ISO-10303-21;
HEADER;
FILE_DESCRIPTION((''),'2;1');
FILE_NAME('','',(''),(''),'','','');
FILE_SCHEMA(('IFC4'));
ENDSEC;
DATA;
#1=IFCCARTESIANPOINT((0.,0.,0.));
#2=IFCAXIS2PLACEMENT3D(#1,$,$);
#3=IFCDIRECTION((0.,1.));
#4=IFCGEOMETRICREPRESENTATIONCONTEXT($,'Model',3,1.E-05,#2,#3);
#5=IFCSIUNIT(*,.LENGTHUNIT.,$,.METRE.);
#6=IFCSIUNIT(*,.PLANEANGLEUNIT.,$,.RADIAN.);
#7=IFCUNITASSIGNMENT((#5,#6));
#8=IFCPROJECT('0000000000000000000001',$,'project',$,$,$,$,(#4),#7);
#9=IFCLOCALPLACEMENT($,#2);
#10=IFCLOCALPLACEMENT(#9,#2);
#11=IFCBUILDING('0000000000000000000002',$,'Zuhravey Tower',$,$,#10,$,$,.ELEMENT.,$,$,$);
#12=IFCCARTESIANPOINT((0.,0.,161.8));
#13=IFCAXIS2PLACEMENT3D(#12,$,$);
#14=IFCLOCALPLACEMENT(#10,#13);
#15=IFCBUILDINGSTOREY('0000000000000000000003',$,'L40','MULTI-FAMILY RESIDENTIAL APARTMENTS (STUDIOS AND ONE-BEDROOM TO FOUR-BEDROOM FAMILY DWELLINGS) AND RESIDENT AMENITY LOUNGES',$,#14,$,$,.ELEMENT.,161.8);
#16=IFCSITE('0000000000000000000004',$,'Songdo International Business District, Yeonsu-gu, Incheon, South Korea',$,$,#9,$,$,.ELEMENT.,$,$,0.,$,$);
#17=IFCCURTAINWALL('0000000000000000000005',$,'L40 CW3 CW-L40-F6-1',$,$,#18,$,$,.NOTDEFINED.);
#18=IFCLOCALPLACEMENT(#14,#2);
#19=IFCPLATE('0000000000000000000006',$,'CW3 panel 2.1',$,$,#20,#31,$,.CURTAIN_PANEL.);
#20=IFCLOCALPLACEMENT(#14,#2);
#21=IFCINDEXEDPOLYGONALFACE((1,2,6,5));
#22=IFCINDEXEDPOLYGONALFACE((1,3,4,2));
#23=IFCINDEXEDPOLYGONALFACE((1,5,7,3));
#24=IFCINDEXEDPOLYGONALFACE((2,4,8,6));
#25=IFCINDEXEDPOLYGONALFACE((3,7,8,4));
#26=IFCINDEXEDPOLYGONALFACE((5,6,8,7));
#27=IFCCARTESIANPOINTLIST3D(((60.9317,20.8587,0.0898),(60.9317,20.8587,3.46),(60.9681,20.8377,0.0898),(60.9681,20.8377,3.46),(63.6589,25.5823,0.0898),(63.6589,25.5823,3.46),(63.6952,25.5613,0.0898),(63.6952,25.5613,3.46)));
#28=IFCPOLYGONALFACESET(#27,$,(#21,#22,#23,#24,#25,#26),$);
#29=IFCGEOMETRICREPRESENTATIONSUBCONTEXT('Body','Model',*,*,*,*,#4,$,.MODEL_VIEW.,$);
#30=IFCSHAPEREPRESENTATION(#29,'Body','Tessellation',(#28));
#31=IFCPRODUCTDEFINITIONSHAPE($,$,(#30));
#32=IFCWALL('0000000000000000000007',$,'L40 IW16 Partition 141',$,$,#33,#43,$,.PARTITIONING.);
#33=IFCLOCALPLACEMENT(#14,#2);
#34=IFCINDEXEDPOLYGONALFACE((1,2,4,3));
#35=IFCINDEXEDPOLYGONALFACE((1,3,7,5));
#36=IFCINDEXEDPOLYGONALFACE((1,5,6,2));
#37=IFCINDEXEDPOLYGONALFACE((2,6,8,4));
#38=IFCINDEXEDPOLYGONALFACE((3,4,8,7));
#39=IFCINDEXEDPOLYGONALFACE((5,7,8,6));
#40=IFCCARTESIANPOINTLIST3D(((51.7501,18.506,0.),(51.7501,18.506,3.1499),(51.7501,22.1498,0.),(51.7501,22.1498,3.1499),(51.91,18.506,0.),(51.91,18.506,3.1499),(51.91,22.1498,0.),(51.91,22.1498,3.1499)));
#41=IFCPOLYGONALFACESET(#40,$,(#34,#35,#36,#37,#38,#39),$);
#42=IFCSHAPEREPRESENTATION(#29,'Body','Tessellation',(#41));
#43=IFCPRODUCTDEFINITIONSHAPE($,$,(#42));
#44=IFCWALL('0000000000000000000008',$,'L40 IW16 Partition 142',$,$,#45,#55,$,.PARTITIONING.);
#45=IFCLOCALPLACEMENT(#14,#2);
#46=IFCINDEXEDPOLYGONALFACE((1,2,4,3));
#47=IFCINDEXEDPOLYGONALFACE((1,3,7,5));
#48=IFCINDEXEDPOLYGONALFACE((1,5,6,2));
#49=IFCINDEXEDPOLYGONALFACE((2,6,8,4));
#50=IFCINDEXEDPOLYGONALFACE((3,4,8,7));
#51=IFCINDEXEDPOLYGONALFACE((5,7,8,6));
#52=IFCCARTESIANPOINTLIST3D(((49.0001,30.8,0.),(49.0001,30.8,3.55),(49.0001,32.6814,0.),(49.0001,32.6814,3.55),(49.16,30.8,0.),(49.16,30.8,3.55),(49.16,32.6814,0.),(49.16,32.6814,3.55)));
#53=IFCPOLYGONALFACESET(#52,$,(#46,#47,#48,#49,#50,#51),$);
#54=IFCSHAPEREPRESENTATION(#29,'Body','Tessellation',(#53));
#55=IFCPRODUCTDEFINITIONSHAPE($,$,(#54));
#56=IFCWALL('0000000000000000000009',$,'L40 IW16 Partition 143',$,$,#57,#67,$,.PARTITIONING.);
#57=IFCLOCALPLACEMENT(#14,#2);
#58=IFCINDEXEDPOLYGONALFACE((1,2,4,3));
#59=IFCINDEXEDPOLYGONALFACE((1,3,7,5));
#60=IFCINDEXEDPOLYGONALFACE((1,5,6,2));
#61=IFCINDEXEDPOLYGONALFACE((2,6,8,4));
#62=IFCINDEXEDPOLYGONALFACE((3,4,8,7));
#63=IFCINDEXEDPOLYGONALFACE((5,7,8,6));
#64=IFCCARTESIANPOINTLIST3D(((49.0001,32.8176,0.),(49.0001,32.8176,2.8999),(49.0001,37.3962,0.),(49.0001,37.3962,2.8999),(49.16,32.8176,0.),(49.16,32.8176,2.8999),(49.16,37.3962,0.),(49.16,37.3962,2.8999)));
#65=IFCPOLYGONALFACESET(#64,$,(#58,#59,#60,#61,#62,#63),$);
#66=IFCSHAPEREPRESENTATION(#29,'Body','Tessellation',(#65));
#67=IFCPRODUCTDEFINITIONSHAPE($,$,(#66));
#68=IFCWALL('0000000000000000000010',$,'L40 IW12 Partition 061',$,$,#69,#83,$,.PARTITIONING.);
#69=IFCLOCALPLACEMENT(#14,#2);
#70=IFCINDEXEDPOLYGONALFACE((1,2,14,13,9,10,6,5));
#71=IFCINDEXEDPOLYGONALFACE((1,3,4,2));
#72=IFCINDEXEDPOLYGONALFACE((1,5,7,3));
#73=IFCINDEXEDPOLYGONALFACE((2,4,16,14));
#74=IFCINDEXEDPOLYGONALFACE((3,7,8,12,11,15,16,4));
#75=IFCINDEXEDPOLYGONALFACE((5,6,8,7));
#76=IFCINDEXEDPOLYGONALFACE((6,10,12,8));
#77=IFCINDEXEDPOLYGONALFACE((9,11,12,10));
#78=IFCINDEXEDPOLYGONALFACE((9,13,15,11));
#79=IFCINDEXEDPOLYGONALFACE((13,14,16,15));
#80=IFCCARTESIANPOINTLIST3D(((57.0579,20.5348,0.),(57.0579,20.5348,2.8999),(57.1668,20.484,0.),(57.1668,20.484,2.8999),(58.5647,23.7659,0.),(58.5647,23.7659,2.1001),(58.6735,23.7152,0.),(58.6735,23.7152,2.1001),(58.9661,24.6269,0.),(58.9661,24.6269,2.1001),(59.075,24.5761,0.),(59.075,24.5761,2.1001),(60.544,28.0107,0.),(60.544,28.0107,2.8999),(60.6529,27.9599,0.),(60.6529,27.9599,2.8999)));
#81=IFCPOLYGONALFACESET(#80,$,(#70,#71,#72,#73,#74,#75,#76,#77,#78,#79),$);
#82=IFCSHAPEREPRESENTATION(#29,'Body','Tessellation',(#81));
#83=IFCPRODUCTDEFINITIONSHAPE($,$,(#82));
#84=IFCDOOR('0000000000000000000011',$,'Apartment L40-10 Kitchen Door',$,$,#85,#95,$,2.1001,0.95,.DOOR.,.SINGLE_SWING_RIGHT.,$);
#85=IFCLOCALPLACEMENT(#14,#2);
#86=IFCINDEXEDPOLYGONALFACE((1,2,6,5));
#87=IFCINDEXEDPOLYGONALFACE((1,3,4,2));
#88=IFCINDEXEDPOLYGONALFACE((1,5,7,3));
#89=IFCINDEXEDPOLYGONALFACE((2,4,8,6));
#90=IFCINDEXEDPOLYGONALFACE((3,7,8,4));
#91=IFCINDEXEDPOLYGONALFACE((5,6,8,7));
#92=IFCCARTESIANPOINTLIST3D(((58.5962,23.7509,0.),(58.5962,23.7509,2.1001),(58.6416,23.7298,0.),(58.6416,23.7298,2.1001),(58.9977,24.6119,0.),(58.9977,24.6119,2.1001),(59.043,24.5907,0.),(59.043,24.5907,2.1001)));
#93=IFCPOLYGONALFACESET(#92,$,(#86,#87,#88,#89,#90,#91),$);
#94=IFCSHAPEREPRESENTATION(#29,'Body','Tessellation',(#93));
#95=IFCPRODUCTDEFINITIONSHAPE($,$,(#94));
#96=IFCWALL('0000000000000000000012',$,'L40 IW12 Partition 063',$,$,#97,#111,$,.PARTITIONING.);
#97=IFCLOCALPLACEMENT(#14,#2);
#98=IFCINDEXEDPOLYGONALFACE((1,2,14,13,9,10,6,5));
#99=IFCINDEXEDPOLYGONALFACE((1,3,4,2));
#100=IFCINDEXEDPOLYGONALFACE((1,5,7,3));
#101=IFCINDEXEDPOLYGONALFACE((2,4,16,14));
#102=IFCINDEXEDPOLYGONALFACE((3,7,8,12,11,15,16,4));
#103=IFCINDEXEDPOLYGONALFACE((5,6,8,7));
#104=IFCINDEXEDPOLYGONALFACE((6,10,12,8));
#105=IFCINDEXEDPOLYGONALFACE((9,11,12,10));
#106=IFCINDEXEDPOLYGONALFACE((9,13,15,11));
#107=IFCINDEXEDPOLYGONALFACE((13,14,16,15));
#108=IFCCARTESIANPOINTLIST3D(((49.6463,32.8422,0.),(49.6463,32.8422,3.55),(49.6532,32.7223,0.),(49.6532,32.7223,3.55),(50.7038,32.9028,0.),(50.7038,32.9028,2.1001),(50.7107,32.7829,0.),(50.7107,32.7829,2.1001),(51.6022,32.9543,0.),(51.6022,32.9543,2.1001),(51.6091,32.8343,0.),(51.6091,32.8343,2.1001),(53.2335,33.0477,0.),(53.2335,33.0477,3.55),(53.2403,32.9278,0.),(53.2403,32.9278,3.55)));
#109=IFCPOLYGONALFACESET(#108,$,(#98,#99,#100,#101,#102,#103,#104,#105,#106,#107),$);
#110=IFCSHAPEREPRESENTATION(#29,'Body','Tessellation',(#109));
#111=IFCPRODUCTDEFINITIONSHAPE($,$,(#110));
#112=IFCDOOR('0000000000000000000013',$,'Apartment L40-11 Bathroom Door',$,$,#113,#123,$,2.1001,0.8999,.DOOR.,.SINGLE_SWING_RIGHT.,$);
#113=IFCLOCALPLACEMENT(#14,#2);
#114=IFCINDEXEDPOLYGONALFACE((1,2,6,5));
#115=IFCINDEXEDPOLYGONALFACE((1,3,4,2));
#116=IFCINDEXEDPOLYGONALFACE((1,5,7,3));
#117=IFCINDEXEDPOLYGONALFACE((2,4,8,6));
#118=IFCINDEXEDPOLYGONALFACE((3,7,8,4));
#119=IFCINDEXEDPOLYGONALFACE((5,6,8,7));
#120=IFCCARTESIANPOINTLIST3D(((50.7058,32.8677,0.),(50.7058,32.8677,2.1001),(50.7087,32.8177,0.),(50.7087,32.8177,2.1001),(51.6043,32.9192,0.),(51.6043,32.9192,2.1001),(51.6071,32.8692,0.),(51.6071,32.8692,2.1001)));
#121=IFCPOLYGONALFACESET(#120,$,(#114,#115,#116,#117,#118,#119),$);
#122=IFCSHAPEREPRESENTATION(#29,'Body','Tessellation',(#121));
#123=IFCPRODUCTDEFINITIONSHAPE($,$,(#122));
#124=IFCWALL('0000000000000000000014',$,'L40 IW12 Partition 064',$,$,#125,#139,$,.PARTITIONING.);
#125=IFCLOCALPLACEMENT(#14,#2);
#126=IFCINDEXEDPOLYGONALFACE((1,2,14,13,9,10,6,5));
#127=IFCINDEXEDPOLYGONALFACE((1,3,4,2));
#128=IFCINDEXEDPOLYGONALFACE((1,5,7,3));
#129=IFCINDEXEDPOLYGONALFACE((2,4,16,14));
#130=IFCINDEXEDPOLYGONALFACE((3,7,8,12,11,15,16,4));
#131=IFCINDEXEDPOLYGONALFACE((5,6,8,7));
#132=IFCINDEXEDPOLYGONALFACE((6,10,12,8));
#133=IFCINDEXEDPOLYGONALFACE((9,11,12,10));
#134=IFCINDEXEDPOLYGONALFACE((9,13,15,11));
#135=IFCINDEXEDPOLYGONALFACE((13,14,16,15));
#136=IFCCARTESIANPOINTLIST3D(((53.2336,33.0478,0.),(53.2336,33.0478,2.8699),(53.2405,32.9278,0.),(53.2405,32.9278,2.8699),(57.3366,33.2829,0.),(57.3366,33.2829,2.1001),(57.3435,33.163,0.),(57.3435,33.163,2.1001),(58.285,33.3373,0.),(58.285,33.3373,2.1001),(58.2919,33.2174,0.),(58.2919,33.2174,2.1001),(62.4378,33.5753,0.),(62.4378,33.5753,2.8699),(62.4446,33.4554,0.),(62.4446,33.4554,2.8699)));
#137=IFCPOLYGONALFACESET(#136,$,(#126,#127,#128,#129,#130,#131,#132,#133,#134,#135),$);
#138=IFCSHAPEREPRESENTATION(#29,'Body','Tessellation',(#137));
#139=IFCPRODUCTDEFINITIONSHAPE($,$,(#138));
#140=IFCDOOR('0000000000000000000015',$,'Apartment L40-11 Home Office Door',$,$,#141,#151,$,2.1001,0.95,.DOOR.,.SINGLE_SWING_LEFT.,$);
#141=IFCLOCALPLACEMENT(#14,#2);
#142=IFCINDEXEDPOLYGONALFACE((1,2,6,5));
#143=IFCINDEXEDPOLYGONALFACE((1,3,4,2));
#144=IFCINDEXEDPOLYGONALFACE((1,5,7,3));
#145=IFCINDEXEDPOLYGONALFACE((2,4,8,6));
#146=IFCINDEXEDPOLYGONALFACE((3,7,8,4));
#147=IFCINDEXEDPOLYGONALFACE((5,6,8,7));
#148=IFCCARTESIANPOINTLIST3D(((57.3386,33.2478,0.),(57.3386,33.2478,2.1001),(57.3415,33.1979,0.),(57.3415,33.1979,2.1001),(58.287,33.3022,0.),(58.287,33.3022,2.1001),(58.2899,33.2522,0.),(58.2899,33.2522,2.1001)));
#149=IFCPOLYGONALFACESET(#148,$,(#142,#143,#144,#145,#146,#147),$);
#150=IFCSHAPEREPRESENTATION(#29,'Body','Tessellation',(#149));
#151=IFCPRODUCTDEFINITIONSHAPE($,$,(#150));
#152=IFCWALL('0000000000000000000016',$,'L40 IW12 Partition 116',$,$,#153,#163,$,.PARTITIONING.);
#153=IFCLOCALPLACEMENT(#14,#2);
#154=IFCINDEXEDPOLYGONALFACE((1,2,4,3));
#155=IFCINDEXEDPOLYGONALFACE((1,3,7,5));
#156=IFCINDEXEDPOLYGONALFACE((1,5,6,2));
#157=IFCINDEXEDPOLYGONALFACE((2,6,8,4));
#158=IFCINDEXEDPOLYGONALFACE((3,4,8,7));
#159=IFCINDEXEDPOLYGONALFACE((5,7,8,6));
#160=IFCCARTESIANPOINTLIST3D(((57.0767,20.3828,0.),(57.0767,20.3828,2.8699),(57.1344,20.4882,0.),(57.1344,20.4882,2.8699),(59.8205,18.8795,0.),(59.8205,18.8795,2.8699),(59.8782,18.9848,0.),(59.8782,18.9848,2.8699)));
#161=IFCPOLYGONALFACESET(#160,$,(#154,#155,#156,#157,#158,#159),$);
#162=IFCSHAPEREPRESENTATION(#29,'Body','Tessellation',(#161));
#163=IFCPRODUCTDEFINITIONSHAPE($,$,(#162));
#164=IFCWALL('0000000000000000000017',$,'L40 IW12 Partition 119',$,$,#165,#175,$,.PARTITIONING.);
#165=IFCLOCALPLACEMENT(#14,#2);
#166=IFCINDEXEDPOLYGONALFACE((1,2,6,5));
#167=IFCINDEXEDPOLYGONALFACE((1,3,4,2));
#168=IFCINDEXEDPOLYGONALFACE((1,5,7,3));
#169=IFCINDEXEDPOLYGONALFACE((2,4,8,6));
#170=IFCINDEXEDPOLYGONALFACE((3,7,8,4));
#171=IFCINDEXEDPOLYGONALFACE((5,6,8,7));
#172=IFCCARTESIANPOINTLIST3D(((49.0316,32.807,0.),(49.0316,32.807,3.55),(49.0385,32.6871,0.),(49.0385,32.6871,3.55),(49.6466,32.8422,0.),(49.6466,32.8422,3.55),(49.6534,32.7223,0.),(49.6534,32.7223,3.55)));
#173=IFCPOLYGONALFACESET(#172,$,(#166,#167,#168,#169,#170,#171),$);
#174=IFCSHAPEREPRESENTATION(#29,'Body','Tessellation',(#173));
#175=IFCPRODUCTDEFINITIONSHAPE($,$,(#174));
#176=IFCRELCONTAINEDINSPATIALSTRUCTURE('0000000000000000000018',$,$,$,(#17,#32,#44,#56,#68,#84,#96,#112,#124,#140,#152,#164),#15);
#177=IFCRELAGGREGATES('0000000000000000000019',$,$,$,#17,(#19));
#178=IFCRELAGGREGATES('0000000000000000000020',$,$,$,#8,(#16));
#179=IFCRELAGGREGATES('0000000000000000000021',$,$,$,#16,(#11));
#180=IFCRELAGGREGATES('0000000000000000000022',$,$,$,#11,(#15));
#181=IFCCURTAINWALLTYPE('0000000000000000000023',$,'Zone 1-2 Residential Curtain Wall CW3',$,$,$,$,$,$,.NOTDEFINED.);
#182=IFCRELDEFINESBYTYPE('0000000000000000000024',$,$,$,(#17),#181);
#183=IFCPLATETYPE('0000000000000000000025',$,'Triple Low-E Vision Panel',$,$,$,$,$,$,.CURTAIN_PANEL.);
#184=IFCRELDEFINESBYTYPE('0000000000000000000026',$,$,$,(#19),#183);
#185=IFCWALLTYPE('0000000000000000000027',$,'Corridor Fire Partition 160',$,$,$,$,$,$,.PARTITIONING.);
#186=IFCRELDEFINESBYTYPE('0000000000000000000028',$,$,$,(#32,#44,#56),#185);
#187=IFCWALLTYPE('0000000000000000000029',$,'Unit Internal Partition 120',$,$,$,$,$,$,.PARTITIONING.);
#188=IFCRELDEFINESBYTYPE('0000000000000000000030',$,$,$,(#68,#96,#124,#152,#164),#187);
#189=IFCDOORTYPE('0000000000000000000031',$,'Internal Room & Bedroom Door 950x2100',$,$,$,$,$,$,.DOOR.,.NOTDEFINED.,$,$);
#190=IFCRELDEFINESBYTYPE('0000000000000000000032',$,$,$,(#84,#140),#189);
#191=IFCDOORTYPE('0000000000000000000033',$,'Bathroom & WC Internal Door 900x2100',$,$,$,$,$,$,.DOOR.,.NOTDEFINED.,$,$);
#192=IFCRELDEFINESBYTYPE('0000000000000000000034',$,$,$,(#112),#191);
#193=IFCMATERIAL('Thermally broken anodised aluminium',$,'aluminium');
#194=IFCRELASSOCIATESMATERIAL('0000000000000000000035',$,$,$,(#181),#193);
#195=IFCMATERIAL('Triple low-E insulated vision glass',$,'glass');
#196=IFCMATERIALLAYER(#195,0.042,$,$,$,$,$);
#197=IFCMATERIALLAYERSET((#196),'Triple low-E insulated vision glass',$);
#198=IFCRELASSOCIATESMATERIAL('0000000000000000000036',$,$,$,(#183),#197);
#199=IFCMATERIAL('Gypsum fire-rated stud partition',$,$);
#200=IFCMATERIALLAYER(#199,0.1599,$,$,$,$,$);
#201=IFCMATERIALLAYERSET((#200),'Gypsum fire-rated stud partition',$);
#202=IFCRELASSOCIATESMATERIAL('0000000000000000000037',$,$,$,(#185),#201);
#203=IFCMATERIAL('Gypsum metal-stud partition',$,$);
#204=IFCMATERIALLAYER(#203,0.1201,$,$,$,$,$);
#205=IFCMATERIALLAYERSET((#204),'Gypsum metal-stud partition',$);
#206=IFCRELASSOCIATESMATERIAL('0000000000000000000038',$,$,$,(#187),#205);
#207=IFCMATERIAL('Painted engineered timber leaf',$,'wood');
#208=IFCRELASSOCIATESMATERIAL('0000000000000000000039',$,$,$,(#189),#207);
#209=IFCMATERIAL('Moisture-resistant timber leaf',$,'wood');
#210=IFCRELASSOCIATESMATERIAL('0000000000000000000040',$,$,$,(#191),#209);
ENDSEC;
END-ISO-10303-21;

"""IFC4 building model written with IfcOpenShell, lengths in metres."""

from ifc_helpers import new_model, si_unit, direction, frame, frame_2d, origin, origin_2d, place, context, subcontext, project, spatial, rectangle, extrude, material, layer, layer_set, type_object, element, fill, aggregate, save


model = new_model("IFC4")

# Units and contexts
model_context = context("Model", 3, precision=1e-05, world=origin(), true_north=direction((0.0, 1.0)))
body_context = subcontext(model_context, "Body", "Model", "MODEL_VIEW")
ifc_project = project(units=[si_unit("LENGTHUNIT", "METRE"), si_unit("PLANEANGLEUNIT", "RADIAN")], contexts=[model_context])

# Site, building, storey
site_placement = place(None, origin())
site = spatial("IfcSite", under=ifc_project, at=site_placement, Name="Songdo International Business District, Yeonsu-gu, Incheon, South Korea", CompositionType="ELEMENT", RefElevation=0.0)
building_placement = place(site_placement, origin())
building = spatial("IfcBuilding", under=site, at=building_placement, Name="Zuhravey Tower", CompositionType="ELEMENT")
storey_placement = place(building_placement, frame((0.0, 0.0, 161.8)))
storey = spatial("IfcBuildingStorey", under=building, at=storey_placement, Name="L40", Description="MULTI-FAMILY RESIDENTIAL APARTMENTS (STUDIOS AND ONE-BEDROOM TO FOUR-BEDROOM FAMILY DWELLINGS) AND RESIDENT AMENITY LOUNGES", CompositionType="ELEMENT", Elevation=161.8)

# Curtain wall
ifc_material_1 = material(Name="Thermally broken anodised aluminium", Category="aluminium")
curtain_wall_type = type_object("IfcCurtainWallType", Name="Zone 1-2 Residential Curtain Wall CW3", PredefinedType="NOTDEFINED", material=ifc_material_1)
curtain_wall_placement = place(storey_placement, origin())
curtain_wall = element("IfcCurtainWall", 1, at=curtain_wall_placement, inside=storey, type_object=curtain_wall_type, Name="L40 CW3 CW-L40-F6-1", PredefinedType="NOTDEFINED")

# Plate
ifc_material_2 = material(Name="Triple low-E insulated vision glass", Category="glass")
ifc_layer_1 = layer(ifc_material_2, 0.042)
ifc_layer_set_1 = layer_set([ifc_layer_1], Name="Triple low-E insulated vision glass")
plate_type_1 = type_object("IfcPlateType", Name="Triple Low-E Vision Panel", PredefinedType="CURTAIN_PANEL", material=ifc_layer_set_1)
plate_1_placement = place(storey_placement, frame((62.3135, 23.21, 0.0898), z_axis=(0.0, 0.0, 1.0), x_axis=(-0.5, -0.866025, 0.0)))
plate_1 = element("IfcPlate", 2, at=plate_1_placement, type_object=plate_type_1, Name="CW3 panel 2.1", PredefinedType="CURTAIN_PANEL", context=body_context, shape_type="SweptSolid", body=[
    extrude(rectangle(XDim=5.4543, YDim=0.042, at=origin_2d()), origin(), (0.0, 0.0, 1.0), 3.3701),
])
aggregate(curtain_wall, [plate_1])

# Shared definitions
ifc_material_3 = material(Name="Gypsum fire-rated stud partition")
ifc_layer_2 = layer(ifc_material_3, 0.1599)
ifc_layer_set_2 = layer_set([ifc_layer_2], Name="Gypsum fire-rated stud partition")
wall_type_1 = type_object("IfcWallType", Name="Corridor Fire Partition 160", PredefinedType="PARTITIONING", material=ifc_layer_set_2)

# Walls
wall_1_placement = place(storey_placement, frame((51.8301, 18.5061, 0.0), z_axis=(0.0, 0.0, 1.0), x_axis=(0.0, 1.0, 0.0)))
element("IfcWall", 3, at=wall_1_placement, inside=storey, type_object=wall_type_1, Name="L40 IW16 Partition 141", PredefinedType="PARTITIONING", context=body_context, shape_type="SweptSolid", body=[
    extrude(rectangle(XDim=3.6438, YDim=0.1599, at=frame_2d((1.8218, 0.0))), origin(), (0.0, 0.0, 1.0), 3.1499),
])
wall_2_placement = place(storey_placement, frame((49.0801, 30.8, 0.0), z_axis=(0.0, 0.0, 1.0), x_axis=(0.0, 1.0, 0.0)))
element("IfcWall", 4, at=wall_2_placement, inside=storey, type_object=wall_type_1, Name="L40 IW16 Partition 142", PredefinedType="PARTITIONING", context=body_context, shape_type="SweptSolid", body=[
    extrude(rectangle(XDim=1.8813, YDim=0.1599, at=frame_2d((0.9407, 0.0))), origin(), (0.0, 0.0, 1.0), 3.55),
])
wall_3_placement = place(storey_placement, frame((49.0801, 32.8176, 0.0), z_axis=(0.0, 0.0, 1.0), x_axis=(0.0, 1.0, 0.0)))
element("IfcWall", 5, at=wall_3_placement, inside=storey, type_object=wall_type_1, Name="L40 IW16 Partition 143", PredefinedType="PARTITIONING", context=body_context, shape_type="SweptSolid", body=[
    extrude(rectangle(XDim=4.5786, YDim=0.1599, at=frame_2d((2.2893, 0.0))), origin(), (0.0, 0.0, 1.0), 2.8999),
])

# Walls, openings, doors
ifc_material_4 = material(Name="Gypsum metal-stud partition")
ifc_layer_3 = layer(ifc_material_4, 0.1201)
ifc_layer_set_3 = layer_set([ifc_layer_3], Name="Gypsum metal-stud partition")
wall_type_2 = type_object("IfcWallType", Name="Unit Internal Partition 120", PredefinedType="PARTITIONING", material=ifc_layer_set_3)
wall_4_placement = place(storey_placement, frame((57.1123, 20.5093, 0.0), z_axis=(0.0, 0.0, 1.0), x_axis=(0.422623, 0.906306, 0.0)))
wall_4 = element("IfcWall", 6, at=wall_4_placement, inside=storey, type_object=wall_type_2, Name="L40 IW12 Partition 061", PredefinedType="PARTITIONING", context=body_context, shape_type="SweptSolid", body=[
    extrude(rectangle(XDim=8.2488, YDim=0.1201, at=frame_2d((4.1245, 0.0))), origin(), (0.0, 0.0, 1.0), 2.8999),
])
opening_1_placement = place(wall_4_placement, frame((3.5652, 0.0, 0.0)))
opening_1 = element("IfcOpeningElement", 7, at=opening_1_placement, cuts=wall_4, PredefinedType="OPENING", context=body_context, shape_type="SweptSolid", body=[
    extrude(rectangle(XDim=0.95, YDim=2.1001, at=frame_2d((0.4751, 1.05))), frame((0.0, 0.072, 0.0), z_axis=(0.0, -1.0, 0.0), x_axis=(1.0, 0.0, 0.0)), (0.0, 0.0, 1.0), 0.144),
])
ifc_material_5 = material(Name="Painted engineered timber leaf", Category="wood")
door_type_1 = type_object("IfcDoorType", Name="Internal Room & Bedroom Door 950x2100", OperationType="NOTDEFINED", PredefinedType="DOOR", material=ifc_material_5)
door_1_placement = place(opening_1_placement, frame((0.95, 0.0, 0.0), z_axis=(0.0, 0.0, 1.0), x_axis=(-1.0, 0.0, 0.0)))
door_1 = element("IfcDoor", 8, at=door_1_placement, inside=storey, type_object=door_type_1, Name="Apartment L40-10 Kitchen Door", OperationType="SINGLE_SWING_RIGHT", OverallHeight=2.1001, OverallWidth=0.95, PredefinedType="DOOR", context=body_context, shape_type="SweptSolid", body=[
    extrude(rectangle(XDim=0.95, YDim=2.1001, at=frame_2d((0.4751, 1.05))), frame((0.0, 0.0249, 0.0), z_axis=(0.0, -1.0, 0.0), x_axis=(1.0, 0.0, 0.0)), (0.0, 0.0, 1.0), 0.05),
])
fill(opening_1, door_1)
wall_5_placement = place(storey_placement, frame((49.6499, 32.7822, 0.0), z_axis=(0.0, 0.0, 1.0), x_axis=(0.998362, 0.057212, 0.0)))
wall_5 = element("IfcWall", 9, at=wall_5_placement, inside=storey, type_object=wall_type_2, Name="L40 IW12 Partition 063", PredefinedType="PARTITIONING", context=body_context, shape_type="SweptSolid", body=[
    extrude(rectangle(XDim=3.593, YDim=0.1201, at=frame_2d((1.7964, 0.0))), origin(), (0.0, 0.0, 1.0), 3.55),
])
opening_2_placement = place(wall_5_placement, frame((1.0591, 0.0, 0.0)))
opening_2 = element("IfcOpeningElement", 10, at=opening_2_placement, cuts=wall_5, PredefinedType="OPENING", context=body_context, shape_type="SweptSolid", body=[
    extrude(rectangle(XDim=0.8999, YDim=2.1001, at=frame_2d((0.45, 1.05))), frame((0.0, 0.072, 0.0), z_axis=(0.0, -1.0, 0.0), x_axis=(1.0, 0.0, 0.0)), (0.0, 0.0, 1.0), 0.144),
])
ifc_material_6 = material(Name="Moisture-resistant timber leaf", Category="wood")
door_type_2 = type_object("IfcDoorType", Name="Bathroom & WC Internal Door 900x2100", OperationType="NOTDEFINED", PredefinedType="DOOR", material=ifc_material_6)
door_2_placement = place(opening_2_placement, origin())
door_2 = element("IfcDoor", 11, at=door_2_placement, inside=storey, type_object=door_type_2, Name="Apartment L40-11 Bathroom Door", OperationType="SINGLE_SWING_RIGHT", OverallHeight=2.1001, OverallWidth=0.8999, PredefinedType="DOOR", context=body_context, shape_type="SweptSolid", body=[
    extrude(rectangle(XDim=0.8999, YDim=2.1001, at=frame_2d((0.45, 1.05))), frame((0.0, 0.0249, 0.0), z_axis=(0.0, -1.0, 0.0), x_axis=(1.0, 0.0, 0.0)), (0.0, 0.0, 1.0), 0.05),
])
fill(opening_2, door_2)
wall_6_placement = place(storey_placement, frame((53.2371, 32.9878, 0.0), z_axis=(0.0, 0.0, 1.0), x_axis=(0.998361, 0.057227, 0.0)))
wall_6 = element("IfcWall", 12, at=wall_6_placement, inside=storey, type_object=wall_type_2, Name="L40 IW12 Partition 064", PredefinedType="PARTITIONING", context=body_context, shape_type="SweptSolid", body=[
    extrude(rectangle(XDim=9.2192, YDim=0.1201, at=frame_2d((4.6096, 0.0))), origin(), (0.0, 0.0, 1.0), 2.8699),
])
opening_3_placement = place(wall_6_placement, frame((4.1096, 0.0, 0.0)))
opening_3 = element("IfcOpeningElement", 13, at=opening_3_placement, cuts=wall_6, PredefinedType="OPENING", context=body_context, shape_type="SweptSolid", body=[
    extrude(rectangle(XDim=0.95, YDim=2.1001, at=frame_2d((0.4751, 1.05))), frame((0.0, 0.072, 0.0), z_axis=(0.0, -1.0, 0.0), x_axis=(1.0, 0.0, 0.0)), (0.0, 0.0, 1.0), 0.144),
])
door_3_placement = place(opening_3_placement, origin())
door_3 = element("IfcDoor", 14, at=door_3_placement, inside=storey, type_object=door_type_1, Name="Apartment L40-11 Home Office Door", OperationType="SINGLE_SWING_LEFT", OverallHeight=2.1001, OverallWidth=0.95, PredefinedType="DOOR", context=body_context, shape_type="SweptSolid", body=[
    extrude(rectangle(XDim=0.95, YDim=2.1001, at=frame_2d((0.4751, 1.05))), frame((0.0, 0.0249, 0.0), z_axis=(0.0, -1.0, 0.0), x_axis=(1.0, 0.0, 0.0)), (0.0, 0.0, 1.0), 0.05),
])
fill(opening_3, door_3)

# Walls
wall_7_placement = place(storey_placement, frame((57.1055, 20.4355, 0.0), z_axis=(0.0, 0.0, 1.0), x_axis=(0.876987, -0.480513, 0.0)))
element("IfcWall", 15, at=wall_7_placement, inside=storey, type_object=wall_type_2, Name="L40 IW12 Partition 116", PredefinedType="PARTITIONING", context=body_context, shape_type="SweptSolid", body=[
    extrude(rectangle(XDim=3.1287, YDim=0.1201, at=frame_2d((1.5645, 0.0))), origin(), (0.0, 0.0, 1.0), 2.8699),
])
wall_8_placement = place(storey_placement, frame((49.0349, 32.7471, 0.0), z_axis=(0.0, 0.0, 1.0), x_axis=(0.99837, 0.057072, 0.0)))
element("IfcWall", 16, at=wall_8_placement, inside=storey, type_object=wall_type_2, Name="L40 IW12 Partition 119", PredefinedType="PARTITIONING", context=body_context, shape_type="SweptSolid", body=[
    extrude(rectangle(XDim=0.616, YDim=0.1201, at=frame_2d((0.3081, 0.0))), origin(), (0.0, 0.0, 1.0), 3.55),
])

save(model, "model.ifc")
